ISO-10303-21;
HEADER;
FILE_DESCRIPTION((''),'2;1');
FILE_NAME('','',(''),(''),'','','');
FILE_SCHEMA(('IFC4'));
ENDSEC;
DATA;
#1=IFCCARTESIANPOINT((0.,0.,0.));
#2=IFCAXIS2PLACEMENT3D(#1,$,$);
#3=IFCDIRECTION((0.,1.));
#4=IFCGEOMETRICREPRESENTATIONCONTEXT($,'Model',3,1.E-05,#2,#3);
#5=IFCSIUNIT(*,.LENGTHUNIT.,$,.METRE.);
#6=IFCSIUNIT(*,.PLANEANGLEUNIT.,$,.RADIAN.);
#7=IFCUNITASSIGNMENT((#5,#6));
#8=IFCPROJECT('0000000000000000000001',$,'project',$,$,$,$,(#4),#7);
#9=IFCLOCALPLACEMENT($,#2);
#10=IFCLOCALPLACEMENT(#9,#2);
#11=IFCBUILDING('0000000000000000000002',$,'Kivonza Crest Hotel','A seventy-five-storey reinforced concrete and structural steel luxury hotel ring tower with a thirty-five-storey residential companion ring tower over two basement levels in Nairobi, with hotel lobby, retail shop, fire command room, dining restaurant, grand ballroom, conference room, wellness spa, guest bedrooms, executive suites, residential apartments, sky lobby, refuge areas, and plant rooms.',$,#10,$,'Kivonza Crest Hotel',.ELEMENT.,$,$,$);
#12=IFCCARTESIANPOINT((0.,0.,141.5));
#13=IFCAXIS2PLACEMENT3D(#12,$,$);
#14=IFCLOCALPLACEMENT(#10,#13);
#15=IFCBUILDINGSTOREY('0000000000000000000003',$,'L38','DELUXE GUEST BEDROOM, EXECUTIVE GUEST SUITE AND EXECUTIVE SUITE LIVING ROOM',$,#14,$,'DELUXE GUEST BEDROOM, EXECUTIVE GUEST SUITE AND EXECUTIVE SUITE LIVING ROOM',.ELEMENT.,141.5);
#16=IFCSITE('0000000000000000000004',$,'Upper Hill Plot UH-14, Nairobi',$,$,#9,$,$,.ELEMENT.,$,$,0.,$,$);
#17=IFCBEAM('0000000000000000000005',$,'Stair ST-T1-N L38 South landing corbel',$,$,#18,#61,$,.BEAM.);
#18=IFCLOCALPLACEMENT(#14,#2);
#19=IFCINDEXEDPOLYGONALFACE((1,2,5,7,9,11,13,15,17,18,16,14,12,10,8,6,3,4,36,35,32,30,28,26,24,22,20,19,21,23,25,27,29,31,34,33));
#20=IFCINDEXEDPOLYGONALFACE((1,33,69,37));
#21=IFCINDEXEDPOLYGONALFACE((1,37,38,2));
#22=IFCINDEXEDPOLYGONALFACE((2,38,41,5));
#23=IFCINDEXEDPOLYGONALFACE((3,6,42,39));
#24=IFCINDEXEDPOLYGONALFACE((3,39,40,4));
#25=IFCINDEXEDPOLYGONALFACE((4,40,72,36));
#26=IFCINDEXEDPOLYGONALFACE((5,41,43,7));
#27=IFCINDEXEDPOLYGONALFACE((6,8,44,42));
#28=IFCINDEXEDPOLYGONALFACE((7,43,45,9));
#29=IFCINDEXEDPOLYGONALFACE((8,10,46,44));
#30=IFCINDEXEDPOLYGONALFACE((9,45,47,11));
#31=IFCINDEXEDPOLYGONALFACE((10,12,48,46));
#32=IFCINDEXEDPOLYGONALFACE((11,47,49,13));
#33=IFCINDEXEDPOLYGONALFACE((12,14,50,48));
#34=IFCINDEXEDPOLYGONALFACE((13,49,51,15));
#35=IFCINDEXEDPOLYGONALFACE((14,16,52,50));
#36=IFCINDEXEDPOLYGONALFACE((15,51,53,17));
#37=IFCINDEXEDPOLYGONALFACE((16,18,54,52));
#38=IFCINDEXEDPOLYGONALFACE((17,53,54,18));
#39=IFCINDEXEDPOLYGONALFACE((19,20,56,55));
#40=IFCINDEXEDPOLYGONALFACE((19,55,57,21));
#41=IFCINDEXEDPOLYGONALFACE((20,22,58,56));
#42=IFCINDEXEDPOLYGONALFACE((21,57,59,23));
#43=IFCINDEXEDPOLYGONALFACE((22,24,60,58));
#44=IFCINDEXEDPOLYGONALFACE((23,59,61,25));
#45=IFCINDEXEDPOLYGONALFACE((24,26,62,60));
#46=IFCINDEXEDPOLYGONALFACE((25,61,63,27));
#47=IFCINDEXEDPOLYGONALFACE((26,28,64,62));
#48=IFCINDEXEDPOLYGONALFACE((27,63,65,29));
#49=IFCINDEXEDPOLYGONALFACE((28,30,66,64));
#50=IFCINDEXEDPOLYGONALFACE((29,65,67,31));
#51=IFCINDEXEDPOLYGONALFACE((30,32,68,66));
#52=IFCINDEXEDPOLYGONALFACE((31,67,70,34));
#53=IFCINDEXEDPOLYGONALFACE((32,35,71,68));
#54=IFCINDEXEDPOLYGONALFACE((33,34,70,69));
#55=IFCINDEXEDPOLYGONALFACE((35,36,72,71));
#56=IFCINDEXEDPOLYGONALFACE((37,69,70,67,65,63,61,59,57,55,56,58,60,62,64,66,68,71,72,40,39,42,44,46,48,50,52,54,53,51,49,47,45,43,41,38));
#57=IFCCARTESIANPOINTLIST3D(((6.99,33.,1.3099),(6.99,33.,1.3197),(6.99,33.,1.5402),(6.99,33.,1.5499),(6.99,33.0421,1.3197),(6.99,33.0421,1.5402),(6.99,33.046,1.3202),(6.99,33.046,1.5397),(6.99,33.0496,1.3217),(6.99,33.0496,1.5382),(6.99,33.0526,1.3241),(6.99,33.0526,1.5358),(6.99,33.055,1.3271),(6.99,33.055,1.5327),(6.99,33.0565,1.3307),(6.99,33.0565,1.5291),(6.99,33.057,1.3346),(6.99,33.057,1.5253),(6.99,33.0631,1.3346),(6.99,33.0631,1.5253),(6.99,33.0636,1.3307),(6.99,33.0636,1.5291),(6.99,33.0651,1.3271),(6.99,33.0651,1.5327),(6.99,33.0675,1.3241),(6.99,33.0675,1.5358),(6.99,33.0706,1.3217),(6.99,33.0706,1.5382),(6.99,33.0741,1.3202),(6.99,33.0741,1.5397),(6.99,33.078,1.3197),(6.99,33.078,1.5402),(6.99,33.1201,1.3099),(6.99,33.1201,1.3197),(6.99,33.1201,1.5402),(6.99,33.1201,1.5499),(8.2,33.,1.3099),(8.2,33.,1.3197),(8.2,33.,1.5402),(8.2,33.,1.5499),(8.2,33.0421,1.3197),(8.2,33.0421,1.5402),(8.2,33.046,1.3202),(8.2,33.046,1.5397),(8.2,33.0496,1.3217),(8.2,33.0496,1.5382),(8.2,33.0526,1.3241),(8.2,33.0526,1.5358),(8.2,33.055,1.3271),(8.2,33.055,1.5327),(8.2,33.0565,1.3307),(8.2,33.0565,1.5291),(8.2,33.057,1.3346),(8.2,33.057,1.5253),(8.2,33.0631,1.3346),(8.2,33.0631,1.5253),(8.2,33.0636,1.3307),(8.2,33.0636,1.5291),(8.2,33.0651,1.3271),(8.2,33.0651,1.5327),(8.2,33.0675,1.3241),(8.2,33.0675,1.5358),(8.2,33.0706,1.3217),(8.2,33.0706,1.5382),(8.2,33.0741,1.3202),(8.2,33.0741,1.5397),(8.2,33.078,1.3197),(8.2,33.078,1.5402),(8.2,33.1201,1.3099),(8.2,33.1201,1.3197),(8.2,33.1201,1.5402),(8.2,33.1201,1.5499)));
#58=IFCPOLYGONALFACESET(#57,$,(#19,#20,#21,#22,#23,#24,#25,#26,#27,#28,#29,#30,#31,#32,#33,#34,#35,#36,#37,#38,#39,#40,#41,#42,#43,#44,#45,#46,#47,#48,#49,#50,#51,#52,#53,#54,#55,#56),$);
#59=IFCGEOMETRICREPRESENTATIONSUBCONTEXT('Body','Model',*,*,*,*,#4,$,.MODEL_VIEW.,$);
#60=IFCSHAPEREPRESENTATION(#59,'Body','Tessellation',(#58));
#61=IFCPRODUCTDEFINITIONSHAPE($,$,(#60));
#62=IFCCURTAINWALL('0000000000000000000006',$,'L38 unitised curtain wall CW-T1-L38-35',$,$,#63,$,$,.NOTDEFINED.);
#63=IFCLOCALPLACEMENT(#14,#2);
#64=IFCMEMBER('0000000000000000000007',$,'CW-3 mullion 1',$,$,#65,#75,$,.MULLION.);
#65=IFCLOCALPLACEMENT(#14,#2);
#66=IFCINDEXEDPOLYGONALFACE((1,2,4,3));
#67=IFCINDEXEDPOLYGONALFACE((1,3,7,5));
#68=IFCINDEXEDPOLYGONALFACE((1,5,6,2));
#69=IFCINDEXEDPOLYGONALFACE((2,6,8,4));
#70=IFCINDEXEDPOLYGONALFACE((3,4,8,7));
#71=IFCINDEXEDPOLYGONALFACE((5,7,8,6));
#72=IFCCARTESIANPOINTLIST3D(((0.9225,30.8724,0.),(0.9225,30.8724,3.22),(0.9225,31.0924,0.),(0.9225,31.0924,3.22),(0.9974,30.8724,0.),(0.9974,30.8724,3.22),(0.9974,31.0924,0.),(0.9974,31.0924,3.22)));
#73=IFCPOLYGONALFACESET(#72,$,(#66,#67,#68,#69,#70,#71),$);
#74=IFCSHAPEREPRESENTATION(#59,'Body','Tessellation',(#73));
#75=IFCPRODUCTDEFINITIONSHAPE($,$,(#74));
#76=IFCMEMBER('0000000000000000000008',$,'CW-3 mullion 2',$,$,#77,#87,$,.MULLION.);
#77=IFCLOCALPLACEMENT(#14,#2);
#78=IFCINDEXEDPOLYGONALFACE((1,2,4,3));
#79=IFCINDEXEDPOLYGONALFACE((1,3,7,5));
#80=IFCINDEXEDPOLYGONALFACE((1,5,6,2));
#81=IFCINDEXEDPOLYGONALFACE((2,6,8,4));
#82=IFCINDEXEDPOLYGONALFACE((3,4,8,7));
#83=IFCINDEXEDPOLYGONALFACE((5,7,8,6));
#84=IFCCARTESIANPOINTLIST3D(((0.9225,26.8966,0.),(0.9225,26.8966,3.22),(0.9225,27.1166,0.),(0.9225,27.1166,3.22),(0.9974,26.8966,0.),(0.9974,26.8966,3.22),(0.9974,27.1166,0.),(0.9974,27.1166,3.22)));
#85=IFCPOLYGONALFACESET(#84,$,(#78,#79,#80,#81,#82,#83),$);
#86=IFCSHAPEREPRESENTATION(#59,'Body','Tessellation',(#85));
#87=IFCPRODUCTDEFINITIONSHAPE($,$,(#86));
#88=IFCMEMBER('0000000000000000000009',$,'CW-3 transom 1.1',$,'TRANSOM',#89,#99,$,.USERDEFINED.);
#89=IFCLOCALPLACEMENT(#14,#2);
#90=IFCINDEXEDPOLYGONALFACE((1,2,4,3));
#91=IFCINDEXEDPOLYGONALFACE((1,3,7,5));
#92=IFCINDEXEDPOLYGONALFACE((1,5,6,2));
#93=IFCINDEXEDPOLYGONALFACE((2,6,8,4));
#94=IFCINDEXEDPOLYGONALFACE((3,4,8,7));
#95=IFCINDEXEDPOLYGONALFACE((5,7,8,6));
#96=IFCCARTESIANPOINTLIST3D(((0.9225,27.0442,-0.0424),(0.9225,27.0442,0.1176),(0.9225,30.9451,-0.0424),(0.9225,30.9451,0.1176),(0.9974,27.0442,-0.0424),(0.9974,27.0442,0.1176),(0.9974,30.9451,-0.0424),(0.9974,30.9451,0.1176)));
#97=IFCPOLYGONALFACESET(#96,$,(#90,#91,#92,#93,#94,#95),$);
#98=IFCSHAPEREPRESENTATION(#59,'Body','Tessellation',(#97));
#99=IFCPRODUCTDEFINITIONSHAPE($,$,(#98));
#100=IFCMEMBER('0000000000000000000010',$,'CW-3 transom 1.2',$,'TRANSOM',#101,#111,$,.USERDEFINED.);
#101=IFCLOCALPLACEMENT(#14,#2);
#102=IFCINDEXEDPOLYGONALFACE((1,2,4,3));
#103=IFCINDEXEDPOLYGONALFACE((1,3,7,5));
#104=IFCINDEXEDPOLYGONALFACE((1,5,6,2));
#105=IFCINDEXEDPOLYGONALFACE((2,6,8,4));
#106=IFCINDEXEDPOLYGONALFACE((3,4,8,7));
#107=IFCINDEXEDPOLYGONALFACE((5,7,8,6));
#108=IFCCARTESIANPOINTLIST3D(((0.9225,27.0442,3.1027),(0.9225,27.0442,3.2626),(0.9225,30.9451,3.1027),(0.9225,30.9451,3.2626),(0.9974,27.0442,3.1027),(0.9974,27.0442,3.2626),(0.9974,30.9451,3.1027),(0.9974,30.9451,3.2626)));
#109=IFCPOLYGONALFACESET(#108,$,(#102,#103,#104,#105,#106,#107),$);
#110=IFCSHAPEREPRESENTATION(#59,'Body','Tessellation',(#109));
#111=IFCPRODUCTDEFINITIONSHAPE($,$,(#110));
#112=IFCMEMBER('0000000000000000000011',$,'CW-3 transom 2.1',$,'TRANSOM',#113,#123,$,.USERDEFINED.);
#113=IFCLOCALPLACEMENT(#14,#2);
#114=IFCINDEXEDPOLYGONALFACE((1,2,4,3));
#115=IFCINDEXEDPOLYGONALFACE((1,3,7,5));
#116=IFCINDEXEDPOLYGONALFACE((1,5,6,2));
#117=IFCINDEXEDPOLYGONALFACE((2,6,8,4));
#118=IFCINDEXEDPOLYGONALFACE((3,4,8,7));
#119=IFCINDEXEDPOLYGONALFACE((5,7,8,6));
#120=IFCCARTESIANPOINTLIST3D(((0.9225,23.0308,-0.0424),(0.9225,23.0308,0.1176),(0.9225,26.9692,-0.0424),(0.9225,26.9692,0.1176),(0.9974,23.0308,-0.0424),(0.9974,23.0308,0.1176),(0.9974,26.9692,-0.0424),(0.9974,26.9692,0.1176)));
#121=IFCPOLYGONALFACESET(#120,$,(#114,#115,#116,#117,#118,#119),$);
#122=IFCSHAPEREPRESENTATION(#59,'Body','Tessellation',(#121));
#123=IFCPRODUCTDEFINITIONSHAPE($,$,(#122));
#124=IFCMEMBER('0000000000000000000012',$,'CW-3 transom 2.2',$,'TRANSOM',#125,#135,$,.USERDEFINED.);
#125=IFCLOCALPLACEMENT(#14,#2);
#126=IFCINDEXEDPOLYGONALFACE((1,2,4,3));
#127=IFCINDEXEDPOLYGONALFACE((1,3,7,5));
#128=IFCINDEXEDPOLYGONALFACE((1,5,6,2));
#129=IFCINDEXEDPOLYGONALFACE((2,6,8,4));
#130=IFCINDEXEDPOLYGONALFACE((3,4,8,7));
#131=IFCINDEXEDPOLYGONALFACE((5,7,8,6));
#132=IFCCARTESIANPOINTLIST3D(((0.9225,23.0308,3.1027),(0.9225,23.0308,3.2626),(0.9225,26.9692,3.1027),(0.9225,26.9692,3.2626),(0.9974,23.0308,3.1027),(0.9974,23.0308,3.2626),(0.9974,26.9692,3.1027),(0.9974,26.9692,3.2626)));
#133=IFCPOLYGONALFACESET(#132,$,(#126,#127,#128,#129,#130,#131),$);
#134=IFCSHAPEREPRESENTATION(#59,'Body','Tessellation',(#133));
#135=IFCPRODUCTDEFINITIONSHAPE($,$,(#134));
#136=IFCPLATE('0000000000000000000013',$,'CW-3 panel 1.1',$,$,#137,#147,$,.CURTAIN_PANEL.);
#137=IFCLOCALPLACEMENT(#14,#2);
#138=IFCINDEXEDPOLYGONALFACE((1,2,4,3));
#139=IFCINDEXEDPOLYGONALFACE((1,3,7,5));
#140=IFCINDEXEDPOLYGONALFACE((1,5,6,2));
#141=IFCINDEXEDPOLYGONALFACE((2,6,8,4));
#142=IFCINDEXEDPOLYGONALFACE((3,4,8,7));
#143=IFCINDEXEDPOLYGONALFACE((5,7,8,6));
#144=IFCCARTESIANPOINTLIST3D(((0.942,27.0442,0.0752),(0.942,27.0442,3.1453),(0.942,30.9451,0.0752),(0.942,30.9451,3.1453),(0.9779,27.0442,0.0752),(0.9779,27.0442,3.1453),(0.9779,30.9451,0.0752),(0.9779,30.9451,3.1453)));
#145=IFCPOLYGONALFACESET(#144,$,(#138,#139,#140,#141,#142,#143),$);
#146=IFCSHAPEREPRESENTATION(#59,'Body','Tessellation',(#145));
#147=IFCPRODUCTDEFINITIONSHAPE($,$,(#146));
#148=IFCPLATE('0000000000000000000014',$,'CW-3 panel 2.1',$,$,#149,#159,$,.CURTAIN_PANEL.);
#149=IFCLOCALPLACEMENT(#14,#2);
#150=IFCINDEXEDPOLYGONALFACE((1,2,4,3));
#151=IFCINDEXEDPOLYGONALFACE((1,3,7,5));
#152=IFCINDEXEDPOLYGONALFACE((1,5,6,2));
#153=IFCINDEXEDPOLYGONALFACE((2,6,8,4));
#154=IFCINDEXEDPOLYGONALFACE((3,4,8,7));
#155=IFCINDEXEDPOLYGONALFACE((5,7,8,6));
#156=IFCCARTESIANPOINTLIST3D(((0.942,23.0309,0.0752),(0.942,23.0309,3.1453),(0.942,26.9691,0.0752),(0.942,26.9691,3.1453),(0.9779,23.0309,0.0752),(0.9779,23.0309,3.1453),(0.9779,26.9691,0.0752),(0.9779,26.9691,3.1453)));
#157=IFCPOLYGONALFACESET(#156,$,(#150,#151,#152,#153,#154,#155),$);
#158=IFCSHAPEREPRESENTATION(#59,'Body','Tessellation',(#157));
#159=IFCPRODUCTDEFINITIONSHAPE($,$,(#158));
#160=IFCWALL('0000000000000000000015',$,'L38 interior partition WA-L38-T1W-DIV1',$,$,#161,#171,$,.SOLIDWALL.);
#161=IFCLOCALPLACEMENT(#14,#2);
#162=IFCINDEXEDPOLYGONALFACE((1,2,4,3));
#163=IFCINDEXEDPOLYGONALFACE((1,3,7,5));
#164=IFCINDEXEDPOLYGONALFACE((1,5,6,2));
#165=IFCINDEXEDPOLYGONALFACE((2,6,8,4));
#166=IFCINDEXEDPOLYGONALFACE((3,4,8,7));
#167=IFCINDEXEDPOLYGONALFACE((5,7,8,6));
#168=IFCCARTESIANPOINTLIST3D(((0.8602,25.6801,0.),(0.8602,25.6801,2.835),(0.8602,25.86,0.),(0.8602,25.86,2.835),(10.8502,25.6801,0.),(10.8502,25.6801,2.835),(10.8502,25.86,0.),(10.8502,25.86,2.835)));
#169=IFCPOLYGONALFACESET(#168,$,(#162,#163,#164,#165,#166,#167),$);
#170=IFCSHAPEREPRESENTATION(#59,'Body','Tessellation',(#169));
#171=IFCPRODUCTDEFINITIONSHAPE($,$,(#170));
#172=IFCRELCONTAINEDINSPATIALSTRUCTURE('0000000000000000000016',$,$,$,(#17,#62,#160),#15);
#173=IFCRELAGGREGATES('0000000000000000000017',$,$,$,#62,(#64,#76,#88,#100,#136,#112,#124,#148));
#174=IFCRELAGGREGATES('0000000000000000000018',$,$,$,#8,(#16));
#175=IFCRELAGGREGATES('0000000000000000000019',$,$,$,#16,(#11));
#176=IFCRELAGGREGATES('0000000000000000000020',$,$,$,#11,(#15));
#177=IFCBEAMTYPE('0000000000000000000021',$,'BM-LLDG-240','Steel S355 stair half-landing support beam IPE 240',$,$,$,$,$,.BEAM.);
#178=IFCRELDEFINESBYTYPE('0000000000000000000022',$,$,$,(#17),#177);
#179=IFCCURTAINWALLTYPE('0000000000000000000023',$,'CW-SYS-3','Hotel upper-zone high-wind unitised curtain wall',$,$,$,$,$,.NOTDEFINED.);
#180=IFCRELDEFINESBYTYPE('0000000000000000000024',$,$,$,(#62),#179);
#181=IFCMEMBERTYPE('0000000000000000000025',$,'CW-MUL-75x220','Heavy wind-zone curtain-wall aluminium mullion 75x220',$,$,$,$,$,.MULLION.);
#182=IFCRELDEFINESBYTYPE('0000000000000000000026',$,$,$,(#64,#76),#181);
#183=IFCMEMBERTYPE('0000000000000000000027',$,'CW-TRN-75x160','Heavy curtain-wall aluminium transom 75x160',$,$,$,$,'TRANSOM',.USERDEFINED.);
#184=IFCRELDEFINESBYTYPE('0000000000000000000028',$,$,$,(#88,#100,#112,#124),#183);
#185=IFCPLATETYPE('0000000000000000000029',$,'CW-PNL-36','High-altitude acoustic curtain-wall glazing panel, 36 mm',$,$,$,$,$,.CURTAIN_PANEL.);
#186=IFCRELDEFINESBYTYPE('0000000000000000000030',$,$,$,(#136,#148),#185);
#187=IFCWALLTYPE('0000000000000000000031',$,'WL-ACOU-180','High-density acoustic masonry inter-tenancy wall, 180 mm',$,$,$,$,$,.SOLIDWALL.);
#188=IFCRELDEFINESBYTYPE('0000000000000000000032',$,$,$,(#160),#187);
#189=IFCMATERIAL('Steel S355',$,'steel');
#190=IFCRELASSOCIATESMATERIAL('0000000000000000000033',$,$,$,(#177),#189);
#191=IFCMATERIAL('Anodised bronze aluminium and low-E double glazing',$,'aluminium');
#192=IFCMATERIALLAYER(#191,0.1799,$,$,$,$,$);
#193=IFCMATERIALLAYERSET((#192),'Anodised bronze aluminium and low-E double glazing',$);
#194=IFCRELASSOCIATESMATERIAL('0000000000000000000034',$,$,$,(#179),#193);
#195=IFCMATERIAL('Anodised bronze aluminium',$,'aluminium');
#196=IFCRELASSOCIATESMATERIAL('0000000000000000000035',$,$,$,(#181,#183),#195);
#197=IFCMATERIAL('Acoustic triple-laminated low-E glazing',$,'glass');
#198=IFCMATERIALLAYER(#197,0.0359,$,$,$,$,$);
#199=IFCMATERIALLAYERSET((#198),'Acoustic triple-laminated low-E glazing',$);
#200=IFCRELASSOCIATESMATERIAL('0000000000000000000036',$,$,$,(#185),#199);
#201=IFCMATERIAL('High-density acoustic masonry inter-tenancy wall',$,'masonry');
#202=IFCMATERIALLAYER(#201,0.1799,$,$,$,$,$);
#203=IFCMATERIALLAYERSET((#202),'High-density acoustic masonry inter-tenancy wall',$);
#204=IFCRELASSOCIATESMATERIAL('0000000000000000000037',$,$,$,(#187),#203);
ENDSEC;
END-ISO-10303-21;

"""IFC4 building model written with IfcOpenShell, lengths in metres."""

from ifc_helpers import new_model, si_unit, direction, frame, frame_2d, origin, origin_2d, place, context, subcontext, project, spatial, rectangle, i_section, extrude, material, layer, layer_set, material_profile, profile_set, type_object, element, aggregate, save


model = new_model("IFC4")

# Units and contexts
model_context = context("Model", 3, precision=1e-05, world=origin(), true_north=direction((0.0, 1.0)))
body_context = subcontext(model_context, "Body", "Model", "MODEL_VIEW")
ifc_project = project(units=[si_unit("LENGTHUNIT", "METRE"), si_unit("PLANEANGLEUNIT", "RADIAN")], contexts=[model_context])

# Site, building, storey
site_placement = place(None, origin())
site = spatial("IfcSite", under=ifc_project, at=site_placement, Name="Upper Hill Plot UH-14, Nairobi", CompositionType="ELEMENT", RefElevation=0.0)
building_placement = place(site_placement, origin())
building = spatial("IfcBuilding", under=site, at=building_placement, Name="Kivonza Crest Hotel", Description="A seventy-five-storey reinforced concrete and structural steel luxury hotel ring tower with a thirty-five-storey residential companion ring tower over two basement levels in Nairobi, with hotel lobby, retail shop, fire command room, dining restaurant, grand ballroom, conference room, wellness spa, guest bedrooms, executive suites, residential apartments, sky lobby, refuge areas, and plant rooms.", LongName="Kivonza Crest Hotel", CompositionType="ELEMENT")
storey_placement = place(building_placement, frame((0.0, 0.0, 141.5)))
storey = spatial("IfcBuildingStorey", under=building, at=storey_placement, Name="L38", Description="DELUXE GUEST BEDROOM, EXECUTIVE GUEST SUITE AND EXECUTIVE SUITE LIVING ROOM", LongName="DELUXE GUEST BEDROOM, EXECUTIVE GUEST SUITE AND EXECUTIVE SUITE LIVING ROOM", CompositionType="ELEMENT", Elevation=141.5)

# Beam
ifc_material_1 = material(Name="Steel S355", Category="steel")
ifc_material_profile_1 = material_profile(ifc_material_1, i_section(OverallWidth=0.1201, OverallDepth=0.24, WebThickness=0.0061, FlangeThickness=0.0098, FilletRadius=0.0149, at=origin_2d()), Name="IPE 240")
ifc_profile_set_1 = profile_set([ifc_material_profile_1], Name="Steel S355")
beam_type_1 = type_object("IfcBeamType", Name="BM-LLDG-240", Description="Steel S355 stair half-landing support beam IPE 240", PredefinedType="BEAM", material=ifc_profile_set_1)
beam_1_placement = place(storey_placement, frame((6.99, 33.0601, 1.4299), z_axis=(1.0, 0.0, 0.0), x_axis=(0.0, 1.0, 0.0)))
element("IfcBeam", 1, at=beam_1_placement, inside=storey, type_object=beam_type_1, Name="Stair ST-T1-N L38 South landing corbel", PredefinedType="BEAM", context=body_context, shape_type="SweptSolid", body=[
    extrude(i_section(OverallWidth=0.1201, OverallDepth=0.24, WebThickness=0.0061, FlangeThickness=0.0098, FilletRadius=0.0149, at=origin_2d()), origin(), (0.0, 0.0, 1.0), 1.21),
])

# Curtain wall, members, plates
ifc_material_2 = material(Name="Anodised bronze aluminium and low-E double glazing", Category="aluminium")
ifc_layer_1 = layer(ifc_material_2, 0.1799)
ifc_layer_set_1 = layer_set([ifc_layer_1], Name="Anodised bronze aluminium and low-E double glazing")
curtain_wall_type = type_object("IfcCurtainWallType", Name="CW-SYS-3", Description="Hotel upper-zone high-wind unitised curtain wall", PredefinedType="NOTDEFINED", material=ifc_layer_set_1)
curtain_wall_placement = place(storey_placement, origin())
curtain_wall = element("IfcCurtainWall", 2, at=curtain_wall_placement, inside=storey, type_object=curtain_wall_type, Name="L38 unitised curtain wall CW-T1-L38-35", PredefinedType="NOTDEFINED")
ifc_material_3 = material(Name="Anodised bronze aluminium", Category="aluminium")
ifc_material_profile_2 = material_profile(ifc_material_3, rectangle(XDim=0.075, YDim=0.22, at=origin_2d()), Name="CW-M 75x220")
ifc_profile_set_2 = profile_set([ifc_material_profile_2], Name="Anodised bronze aluminium")
member_type_1 = type_object("IfcMemberType", Name="CW-MUL-75x220", Description="Heavy wind-zone curtain-wall aluminium mullion 75x220", PredefinedType="MULLION", material=ifc_profile_set_2)
member_1_placement = place(storey_placement, frame((0.96, 30.9824, 0.0), z_axis=(0.0, 0.0, 1.0), x_axis=(1.0, 0.0, 0.0)))
member_1 = element("IfcMember", 3, at=member_1_placement, type_object=member_type_1, Name="CW-3 mullion 1", PredefinedType="MULLION", context=body_context, shape_type="SweptSolid", body=[
    extrude(rectangle(XDim=0.075, YDim=0.22, at=origin_2d()), origin(), (0.0, 0.0, 1.0), 3.22),
])
member_2_placement = place(storey_placement, frame((0.96, 27.0066, 0.0), z_axis=(0.0, 0.0, 1.0), x_axis=(1.0, 0.0, 0.0)))
member_2 = element("IfcMember", 4, at=member_2_placement, type_object=member_type_1, Name="CW-3 mullion 2", PredefinedType="MULLION", context=body_context, shape_type="SweptSolid", body=[
    extrude(rectangle(XDim=0.075, YDim=0.22, at=origin_2d()), origin(), (0.0, 0.0, 1.0), 3.22),
])
ifc_material_profile_3 = material_profile(ifc_material_3, rectangle(XDim=0.075, YDim=0.1599, at=origin_2d()), Name="CW-T 75x160")
ifc_profile_set_3 = profile_set([ifc_material_profile_3], Name="Anodised bronze aluminium")
member_type_2 = type_object("IfcMemberType", Name="CW-TRN-75x160", Description="Heavy curtain-wall aluminium transom 75x160", ElementType="TRANSOM", PredefinedType="USERDEFINED", material=ifc_profile_set_3)
member_3_placement = place(storey_placement, frame((0.96, 30.9451, 0.0376), z_axis=(0.0, -1.0, 0.0), x_axis=(1.0, 0.0, 0.0)))
member_3 = element("IfcMember", 5, at=member_3_placement, type_object=member_type_2, Name="CW-3 transom 1.1", ObjectType="TRANSOM", PredefinedType="USERDEFINED", context=body_context, shape_type="SweptSolid", body=[
    extrude(rectangle(XDim=0.075, YDim=0.1599, at=origin_2d()), origin(), (0.0, 0.0, 1.0), 3.9009),
])
member_4_placement = place(storey_placement, frame((0.96, 30.9451, 3.1826), z_axis=(0.0, -1.0, 0.0), x_axis=(1.0, 0.0, 0.0)))
member_4 = element("IfcMember", 6, at=member_4_placement, type_object=member_type_2, Name="CW-3 transom 1.2", ObjectType="TRANSOM", PredefinedType="USERDEFINED", context=body_context, shape_type="SweptSolid", body=[
    extrude(rectangle(XDim=0.075, YDim=0.1599, at=origin_2d()), origin(), (0.0, 0.0, 1.0), 3.9009),
])
member_5_placement = place(storey_placement, frame((0.96, 26.9692, 0.0376), z_axis=(0.0, -1.0, 0.0), x_axis=(1.0, 0.0, 0.0)))
member_5 = element("IfcMember", 7, at=member_5_placement, type_object=member_type_2, Name="CW-3 transom 2.1", ObjectType="TRANSOM", PredefinedType="USERDEFINED", context=body_context, shape_type="SweptSolid", body=[
    extrude(rectangle(XDim=0.075, YDim=0.1599, at=origin_2d()), origin(), (0.0, 0.0, 1.0), 3.9385),
])
member_6_placement = place(storey_placement, frame((0.96, 26.9692, 3.1826), z_axis=(0.0, -1.0, 0.0), x_axis=(1.0, 0.0, 0.0)))
member_6 = element("IfcMember", 8, at=member_6_placement, type_object=member_type_2, Name="CW-3 transom 2.2", ObjectType="TRANSOM", PredefinedType="USERDEFINED", context=body_context, shape_type="SweptSolid", body=[
    extrude(rectangle(XDim=0.075, YDim=0.1599, at=origin_2d()), origin(), (0.0, 0.0, 1.0), 3.9385),
])
ifc_material_4 = material(Name="Acoustic triple-laminated low-E glazing", Category="glass")
ifc_layer_2 = layer(ifc_material_4, 0.0359)
ifc_layer_set_2 = layer_set([ifc_layer_2], Name="Acoustic triple-laminated low-E glazing")
plate_type = type_object("IfcPlateType", Name="CW-PNL-36", Description="High-altitude acoustic curtain-wall glazing panel, 36 mm", PredefinedType="CURTAIN_PANEL", material=ifc_layer_set_2)
plate_1_placement = place(storey_placement, frame((0.96, 28.9946, 0.0752), z_axis=(0.0, 0.0, 1.0), x_axis=(0.0, -1.0, 0.0)))
plate_1 = element("IfcPlate", 9, at=plate_1_placement, type_object=plate_type, Name="CW-3 panel 1.1", PredefinedType="CURTAIN_PANEL", context=body_context, shape_type="SweptSolid", body=[
    extrude(rectangle(XDim=3.9009, YDim=0.0359, at=origin_2d()), origin(), (0.0, 0.0, 1.0), 3.0701),
])
plate_2_placement = place(storey_placement, frame((0.96, 25.0, 0.0752), z_axis=(0.0, 0.0, 1.0), x_axis=(0.0, -1.0, 0.0)))
plate_2 = element("IfcPlate", 10, at=plate_2_placement, type_object=plate_type, Name="CW-3 panel 2.1", PredefinedType="CURTAIN_PANEL", context=body_context, shape_type="SweptSolid", body=[
    extrude(rectangle(XDim=3.9382, YDim=0.0359, at=origin_2d()), origin(), (0.0, 0.0, 1.0), 3.0701),
])
aggregate(curtain_wall, [member_1, member_2, member_3, member_4, plate_1, member_5, member_6, plate_2])

# Wall
ifc_material_5 = material(Name="High-density acoustic masonry inter-tenancy wall", Category="masonry")
ifc_layer_3 = layer(ifc_material_5, 0.1799)
ifc_layer_set_3 = layer_set([ifc_layer_3], Name="High-density acoustic masonry inter-tenancy wall")
wall_type_1 = type_object("IfcWallType", Name="WL-ACOU-180", Description="High-density acoustic masonry inter-tenancy wall, 180 mm", PredefinedType="SOLIDWALL", material=ifc_layer_set_3)
wall_1_placement = place(storey_placement, frame((0.8601, 25.77, 0.0), z_axis=(0.0, 0.0, 1.0), x_axis=(1.0, 0.0, 0.0)))
element("IfcWall", 11, at=wall_1_placement, inside=storey, type_object=wall_type_1, Name="L38 interior partition WA-L38-T1W-DIV1", PredefinedType="SOLIDWALL", context=body_context, shape_type="SweptSolid", body=[
    extrude(rectangle(XDim=9.99, YDim=0.1799, at=frame_2d((4.9951, 0.0))), origin(), (0.0, 0.0, 1.0), 2.835),
])

save(model, "model.ifc")
